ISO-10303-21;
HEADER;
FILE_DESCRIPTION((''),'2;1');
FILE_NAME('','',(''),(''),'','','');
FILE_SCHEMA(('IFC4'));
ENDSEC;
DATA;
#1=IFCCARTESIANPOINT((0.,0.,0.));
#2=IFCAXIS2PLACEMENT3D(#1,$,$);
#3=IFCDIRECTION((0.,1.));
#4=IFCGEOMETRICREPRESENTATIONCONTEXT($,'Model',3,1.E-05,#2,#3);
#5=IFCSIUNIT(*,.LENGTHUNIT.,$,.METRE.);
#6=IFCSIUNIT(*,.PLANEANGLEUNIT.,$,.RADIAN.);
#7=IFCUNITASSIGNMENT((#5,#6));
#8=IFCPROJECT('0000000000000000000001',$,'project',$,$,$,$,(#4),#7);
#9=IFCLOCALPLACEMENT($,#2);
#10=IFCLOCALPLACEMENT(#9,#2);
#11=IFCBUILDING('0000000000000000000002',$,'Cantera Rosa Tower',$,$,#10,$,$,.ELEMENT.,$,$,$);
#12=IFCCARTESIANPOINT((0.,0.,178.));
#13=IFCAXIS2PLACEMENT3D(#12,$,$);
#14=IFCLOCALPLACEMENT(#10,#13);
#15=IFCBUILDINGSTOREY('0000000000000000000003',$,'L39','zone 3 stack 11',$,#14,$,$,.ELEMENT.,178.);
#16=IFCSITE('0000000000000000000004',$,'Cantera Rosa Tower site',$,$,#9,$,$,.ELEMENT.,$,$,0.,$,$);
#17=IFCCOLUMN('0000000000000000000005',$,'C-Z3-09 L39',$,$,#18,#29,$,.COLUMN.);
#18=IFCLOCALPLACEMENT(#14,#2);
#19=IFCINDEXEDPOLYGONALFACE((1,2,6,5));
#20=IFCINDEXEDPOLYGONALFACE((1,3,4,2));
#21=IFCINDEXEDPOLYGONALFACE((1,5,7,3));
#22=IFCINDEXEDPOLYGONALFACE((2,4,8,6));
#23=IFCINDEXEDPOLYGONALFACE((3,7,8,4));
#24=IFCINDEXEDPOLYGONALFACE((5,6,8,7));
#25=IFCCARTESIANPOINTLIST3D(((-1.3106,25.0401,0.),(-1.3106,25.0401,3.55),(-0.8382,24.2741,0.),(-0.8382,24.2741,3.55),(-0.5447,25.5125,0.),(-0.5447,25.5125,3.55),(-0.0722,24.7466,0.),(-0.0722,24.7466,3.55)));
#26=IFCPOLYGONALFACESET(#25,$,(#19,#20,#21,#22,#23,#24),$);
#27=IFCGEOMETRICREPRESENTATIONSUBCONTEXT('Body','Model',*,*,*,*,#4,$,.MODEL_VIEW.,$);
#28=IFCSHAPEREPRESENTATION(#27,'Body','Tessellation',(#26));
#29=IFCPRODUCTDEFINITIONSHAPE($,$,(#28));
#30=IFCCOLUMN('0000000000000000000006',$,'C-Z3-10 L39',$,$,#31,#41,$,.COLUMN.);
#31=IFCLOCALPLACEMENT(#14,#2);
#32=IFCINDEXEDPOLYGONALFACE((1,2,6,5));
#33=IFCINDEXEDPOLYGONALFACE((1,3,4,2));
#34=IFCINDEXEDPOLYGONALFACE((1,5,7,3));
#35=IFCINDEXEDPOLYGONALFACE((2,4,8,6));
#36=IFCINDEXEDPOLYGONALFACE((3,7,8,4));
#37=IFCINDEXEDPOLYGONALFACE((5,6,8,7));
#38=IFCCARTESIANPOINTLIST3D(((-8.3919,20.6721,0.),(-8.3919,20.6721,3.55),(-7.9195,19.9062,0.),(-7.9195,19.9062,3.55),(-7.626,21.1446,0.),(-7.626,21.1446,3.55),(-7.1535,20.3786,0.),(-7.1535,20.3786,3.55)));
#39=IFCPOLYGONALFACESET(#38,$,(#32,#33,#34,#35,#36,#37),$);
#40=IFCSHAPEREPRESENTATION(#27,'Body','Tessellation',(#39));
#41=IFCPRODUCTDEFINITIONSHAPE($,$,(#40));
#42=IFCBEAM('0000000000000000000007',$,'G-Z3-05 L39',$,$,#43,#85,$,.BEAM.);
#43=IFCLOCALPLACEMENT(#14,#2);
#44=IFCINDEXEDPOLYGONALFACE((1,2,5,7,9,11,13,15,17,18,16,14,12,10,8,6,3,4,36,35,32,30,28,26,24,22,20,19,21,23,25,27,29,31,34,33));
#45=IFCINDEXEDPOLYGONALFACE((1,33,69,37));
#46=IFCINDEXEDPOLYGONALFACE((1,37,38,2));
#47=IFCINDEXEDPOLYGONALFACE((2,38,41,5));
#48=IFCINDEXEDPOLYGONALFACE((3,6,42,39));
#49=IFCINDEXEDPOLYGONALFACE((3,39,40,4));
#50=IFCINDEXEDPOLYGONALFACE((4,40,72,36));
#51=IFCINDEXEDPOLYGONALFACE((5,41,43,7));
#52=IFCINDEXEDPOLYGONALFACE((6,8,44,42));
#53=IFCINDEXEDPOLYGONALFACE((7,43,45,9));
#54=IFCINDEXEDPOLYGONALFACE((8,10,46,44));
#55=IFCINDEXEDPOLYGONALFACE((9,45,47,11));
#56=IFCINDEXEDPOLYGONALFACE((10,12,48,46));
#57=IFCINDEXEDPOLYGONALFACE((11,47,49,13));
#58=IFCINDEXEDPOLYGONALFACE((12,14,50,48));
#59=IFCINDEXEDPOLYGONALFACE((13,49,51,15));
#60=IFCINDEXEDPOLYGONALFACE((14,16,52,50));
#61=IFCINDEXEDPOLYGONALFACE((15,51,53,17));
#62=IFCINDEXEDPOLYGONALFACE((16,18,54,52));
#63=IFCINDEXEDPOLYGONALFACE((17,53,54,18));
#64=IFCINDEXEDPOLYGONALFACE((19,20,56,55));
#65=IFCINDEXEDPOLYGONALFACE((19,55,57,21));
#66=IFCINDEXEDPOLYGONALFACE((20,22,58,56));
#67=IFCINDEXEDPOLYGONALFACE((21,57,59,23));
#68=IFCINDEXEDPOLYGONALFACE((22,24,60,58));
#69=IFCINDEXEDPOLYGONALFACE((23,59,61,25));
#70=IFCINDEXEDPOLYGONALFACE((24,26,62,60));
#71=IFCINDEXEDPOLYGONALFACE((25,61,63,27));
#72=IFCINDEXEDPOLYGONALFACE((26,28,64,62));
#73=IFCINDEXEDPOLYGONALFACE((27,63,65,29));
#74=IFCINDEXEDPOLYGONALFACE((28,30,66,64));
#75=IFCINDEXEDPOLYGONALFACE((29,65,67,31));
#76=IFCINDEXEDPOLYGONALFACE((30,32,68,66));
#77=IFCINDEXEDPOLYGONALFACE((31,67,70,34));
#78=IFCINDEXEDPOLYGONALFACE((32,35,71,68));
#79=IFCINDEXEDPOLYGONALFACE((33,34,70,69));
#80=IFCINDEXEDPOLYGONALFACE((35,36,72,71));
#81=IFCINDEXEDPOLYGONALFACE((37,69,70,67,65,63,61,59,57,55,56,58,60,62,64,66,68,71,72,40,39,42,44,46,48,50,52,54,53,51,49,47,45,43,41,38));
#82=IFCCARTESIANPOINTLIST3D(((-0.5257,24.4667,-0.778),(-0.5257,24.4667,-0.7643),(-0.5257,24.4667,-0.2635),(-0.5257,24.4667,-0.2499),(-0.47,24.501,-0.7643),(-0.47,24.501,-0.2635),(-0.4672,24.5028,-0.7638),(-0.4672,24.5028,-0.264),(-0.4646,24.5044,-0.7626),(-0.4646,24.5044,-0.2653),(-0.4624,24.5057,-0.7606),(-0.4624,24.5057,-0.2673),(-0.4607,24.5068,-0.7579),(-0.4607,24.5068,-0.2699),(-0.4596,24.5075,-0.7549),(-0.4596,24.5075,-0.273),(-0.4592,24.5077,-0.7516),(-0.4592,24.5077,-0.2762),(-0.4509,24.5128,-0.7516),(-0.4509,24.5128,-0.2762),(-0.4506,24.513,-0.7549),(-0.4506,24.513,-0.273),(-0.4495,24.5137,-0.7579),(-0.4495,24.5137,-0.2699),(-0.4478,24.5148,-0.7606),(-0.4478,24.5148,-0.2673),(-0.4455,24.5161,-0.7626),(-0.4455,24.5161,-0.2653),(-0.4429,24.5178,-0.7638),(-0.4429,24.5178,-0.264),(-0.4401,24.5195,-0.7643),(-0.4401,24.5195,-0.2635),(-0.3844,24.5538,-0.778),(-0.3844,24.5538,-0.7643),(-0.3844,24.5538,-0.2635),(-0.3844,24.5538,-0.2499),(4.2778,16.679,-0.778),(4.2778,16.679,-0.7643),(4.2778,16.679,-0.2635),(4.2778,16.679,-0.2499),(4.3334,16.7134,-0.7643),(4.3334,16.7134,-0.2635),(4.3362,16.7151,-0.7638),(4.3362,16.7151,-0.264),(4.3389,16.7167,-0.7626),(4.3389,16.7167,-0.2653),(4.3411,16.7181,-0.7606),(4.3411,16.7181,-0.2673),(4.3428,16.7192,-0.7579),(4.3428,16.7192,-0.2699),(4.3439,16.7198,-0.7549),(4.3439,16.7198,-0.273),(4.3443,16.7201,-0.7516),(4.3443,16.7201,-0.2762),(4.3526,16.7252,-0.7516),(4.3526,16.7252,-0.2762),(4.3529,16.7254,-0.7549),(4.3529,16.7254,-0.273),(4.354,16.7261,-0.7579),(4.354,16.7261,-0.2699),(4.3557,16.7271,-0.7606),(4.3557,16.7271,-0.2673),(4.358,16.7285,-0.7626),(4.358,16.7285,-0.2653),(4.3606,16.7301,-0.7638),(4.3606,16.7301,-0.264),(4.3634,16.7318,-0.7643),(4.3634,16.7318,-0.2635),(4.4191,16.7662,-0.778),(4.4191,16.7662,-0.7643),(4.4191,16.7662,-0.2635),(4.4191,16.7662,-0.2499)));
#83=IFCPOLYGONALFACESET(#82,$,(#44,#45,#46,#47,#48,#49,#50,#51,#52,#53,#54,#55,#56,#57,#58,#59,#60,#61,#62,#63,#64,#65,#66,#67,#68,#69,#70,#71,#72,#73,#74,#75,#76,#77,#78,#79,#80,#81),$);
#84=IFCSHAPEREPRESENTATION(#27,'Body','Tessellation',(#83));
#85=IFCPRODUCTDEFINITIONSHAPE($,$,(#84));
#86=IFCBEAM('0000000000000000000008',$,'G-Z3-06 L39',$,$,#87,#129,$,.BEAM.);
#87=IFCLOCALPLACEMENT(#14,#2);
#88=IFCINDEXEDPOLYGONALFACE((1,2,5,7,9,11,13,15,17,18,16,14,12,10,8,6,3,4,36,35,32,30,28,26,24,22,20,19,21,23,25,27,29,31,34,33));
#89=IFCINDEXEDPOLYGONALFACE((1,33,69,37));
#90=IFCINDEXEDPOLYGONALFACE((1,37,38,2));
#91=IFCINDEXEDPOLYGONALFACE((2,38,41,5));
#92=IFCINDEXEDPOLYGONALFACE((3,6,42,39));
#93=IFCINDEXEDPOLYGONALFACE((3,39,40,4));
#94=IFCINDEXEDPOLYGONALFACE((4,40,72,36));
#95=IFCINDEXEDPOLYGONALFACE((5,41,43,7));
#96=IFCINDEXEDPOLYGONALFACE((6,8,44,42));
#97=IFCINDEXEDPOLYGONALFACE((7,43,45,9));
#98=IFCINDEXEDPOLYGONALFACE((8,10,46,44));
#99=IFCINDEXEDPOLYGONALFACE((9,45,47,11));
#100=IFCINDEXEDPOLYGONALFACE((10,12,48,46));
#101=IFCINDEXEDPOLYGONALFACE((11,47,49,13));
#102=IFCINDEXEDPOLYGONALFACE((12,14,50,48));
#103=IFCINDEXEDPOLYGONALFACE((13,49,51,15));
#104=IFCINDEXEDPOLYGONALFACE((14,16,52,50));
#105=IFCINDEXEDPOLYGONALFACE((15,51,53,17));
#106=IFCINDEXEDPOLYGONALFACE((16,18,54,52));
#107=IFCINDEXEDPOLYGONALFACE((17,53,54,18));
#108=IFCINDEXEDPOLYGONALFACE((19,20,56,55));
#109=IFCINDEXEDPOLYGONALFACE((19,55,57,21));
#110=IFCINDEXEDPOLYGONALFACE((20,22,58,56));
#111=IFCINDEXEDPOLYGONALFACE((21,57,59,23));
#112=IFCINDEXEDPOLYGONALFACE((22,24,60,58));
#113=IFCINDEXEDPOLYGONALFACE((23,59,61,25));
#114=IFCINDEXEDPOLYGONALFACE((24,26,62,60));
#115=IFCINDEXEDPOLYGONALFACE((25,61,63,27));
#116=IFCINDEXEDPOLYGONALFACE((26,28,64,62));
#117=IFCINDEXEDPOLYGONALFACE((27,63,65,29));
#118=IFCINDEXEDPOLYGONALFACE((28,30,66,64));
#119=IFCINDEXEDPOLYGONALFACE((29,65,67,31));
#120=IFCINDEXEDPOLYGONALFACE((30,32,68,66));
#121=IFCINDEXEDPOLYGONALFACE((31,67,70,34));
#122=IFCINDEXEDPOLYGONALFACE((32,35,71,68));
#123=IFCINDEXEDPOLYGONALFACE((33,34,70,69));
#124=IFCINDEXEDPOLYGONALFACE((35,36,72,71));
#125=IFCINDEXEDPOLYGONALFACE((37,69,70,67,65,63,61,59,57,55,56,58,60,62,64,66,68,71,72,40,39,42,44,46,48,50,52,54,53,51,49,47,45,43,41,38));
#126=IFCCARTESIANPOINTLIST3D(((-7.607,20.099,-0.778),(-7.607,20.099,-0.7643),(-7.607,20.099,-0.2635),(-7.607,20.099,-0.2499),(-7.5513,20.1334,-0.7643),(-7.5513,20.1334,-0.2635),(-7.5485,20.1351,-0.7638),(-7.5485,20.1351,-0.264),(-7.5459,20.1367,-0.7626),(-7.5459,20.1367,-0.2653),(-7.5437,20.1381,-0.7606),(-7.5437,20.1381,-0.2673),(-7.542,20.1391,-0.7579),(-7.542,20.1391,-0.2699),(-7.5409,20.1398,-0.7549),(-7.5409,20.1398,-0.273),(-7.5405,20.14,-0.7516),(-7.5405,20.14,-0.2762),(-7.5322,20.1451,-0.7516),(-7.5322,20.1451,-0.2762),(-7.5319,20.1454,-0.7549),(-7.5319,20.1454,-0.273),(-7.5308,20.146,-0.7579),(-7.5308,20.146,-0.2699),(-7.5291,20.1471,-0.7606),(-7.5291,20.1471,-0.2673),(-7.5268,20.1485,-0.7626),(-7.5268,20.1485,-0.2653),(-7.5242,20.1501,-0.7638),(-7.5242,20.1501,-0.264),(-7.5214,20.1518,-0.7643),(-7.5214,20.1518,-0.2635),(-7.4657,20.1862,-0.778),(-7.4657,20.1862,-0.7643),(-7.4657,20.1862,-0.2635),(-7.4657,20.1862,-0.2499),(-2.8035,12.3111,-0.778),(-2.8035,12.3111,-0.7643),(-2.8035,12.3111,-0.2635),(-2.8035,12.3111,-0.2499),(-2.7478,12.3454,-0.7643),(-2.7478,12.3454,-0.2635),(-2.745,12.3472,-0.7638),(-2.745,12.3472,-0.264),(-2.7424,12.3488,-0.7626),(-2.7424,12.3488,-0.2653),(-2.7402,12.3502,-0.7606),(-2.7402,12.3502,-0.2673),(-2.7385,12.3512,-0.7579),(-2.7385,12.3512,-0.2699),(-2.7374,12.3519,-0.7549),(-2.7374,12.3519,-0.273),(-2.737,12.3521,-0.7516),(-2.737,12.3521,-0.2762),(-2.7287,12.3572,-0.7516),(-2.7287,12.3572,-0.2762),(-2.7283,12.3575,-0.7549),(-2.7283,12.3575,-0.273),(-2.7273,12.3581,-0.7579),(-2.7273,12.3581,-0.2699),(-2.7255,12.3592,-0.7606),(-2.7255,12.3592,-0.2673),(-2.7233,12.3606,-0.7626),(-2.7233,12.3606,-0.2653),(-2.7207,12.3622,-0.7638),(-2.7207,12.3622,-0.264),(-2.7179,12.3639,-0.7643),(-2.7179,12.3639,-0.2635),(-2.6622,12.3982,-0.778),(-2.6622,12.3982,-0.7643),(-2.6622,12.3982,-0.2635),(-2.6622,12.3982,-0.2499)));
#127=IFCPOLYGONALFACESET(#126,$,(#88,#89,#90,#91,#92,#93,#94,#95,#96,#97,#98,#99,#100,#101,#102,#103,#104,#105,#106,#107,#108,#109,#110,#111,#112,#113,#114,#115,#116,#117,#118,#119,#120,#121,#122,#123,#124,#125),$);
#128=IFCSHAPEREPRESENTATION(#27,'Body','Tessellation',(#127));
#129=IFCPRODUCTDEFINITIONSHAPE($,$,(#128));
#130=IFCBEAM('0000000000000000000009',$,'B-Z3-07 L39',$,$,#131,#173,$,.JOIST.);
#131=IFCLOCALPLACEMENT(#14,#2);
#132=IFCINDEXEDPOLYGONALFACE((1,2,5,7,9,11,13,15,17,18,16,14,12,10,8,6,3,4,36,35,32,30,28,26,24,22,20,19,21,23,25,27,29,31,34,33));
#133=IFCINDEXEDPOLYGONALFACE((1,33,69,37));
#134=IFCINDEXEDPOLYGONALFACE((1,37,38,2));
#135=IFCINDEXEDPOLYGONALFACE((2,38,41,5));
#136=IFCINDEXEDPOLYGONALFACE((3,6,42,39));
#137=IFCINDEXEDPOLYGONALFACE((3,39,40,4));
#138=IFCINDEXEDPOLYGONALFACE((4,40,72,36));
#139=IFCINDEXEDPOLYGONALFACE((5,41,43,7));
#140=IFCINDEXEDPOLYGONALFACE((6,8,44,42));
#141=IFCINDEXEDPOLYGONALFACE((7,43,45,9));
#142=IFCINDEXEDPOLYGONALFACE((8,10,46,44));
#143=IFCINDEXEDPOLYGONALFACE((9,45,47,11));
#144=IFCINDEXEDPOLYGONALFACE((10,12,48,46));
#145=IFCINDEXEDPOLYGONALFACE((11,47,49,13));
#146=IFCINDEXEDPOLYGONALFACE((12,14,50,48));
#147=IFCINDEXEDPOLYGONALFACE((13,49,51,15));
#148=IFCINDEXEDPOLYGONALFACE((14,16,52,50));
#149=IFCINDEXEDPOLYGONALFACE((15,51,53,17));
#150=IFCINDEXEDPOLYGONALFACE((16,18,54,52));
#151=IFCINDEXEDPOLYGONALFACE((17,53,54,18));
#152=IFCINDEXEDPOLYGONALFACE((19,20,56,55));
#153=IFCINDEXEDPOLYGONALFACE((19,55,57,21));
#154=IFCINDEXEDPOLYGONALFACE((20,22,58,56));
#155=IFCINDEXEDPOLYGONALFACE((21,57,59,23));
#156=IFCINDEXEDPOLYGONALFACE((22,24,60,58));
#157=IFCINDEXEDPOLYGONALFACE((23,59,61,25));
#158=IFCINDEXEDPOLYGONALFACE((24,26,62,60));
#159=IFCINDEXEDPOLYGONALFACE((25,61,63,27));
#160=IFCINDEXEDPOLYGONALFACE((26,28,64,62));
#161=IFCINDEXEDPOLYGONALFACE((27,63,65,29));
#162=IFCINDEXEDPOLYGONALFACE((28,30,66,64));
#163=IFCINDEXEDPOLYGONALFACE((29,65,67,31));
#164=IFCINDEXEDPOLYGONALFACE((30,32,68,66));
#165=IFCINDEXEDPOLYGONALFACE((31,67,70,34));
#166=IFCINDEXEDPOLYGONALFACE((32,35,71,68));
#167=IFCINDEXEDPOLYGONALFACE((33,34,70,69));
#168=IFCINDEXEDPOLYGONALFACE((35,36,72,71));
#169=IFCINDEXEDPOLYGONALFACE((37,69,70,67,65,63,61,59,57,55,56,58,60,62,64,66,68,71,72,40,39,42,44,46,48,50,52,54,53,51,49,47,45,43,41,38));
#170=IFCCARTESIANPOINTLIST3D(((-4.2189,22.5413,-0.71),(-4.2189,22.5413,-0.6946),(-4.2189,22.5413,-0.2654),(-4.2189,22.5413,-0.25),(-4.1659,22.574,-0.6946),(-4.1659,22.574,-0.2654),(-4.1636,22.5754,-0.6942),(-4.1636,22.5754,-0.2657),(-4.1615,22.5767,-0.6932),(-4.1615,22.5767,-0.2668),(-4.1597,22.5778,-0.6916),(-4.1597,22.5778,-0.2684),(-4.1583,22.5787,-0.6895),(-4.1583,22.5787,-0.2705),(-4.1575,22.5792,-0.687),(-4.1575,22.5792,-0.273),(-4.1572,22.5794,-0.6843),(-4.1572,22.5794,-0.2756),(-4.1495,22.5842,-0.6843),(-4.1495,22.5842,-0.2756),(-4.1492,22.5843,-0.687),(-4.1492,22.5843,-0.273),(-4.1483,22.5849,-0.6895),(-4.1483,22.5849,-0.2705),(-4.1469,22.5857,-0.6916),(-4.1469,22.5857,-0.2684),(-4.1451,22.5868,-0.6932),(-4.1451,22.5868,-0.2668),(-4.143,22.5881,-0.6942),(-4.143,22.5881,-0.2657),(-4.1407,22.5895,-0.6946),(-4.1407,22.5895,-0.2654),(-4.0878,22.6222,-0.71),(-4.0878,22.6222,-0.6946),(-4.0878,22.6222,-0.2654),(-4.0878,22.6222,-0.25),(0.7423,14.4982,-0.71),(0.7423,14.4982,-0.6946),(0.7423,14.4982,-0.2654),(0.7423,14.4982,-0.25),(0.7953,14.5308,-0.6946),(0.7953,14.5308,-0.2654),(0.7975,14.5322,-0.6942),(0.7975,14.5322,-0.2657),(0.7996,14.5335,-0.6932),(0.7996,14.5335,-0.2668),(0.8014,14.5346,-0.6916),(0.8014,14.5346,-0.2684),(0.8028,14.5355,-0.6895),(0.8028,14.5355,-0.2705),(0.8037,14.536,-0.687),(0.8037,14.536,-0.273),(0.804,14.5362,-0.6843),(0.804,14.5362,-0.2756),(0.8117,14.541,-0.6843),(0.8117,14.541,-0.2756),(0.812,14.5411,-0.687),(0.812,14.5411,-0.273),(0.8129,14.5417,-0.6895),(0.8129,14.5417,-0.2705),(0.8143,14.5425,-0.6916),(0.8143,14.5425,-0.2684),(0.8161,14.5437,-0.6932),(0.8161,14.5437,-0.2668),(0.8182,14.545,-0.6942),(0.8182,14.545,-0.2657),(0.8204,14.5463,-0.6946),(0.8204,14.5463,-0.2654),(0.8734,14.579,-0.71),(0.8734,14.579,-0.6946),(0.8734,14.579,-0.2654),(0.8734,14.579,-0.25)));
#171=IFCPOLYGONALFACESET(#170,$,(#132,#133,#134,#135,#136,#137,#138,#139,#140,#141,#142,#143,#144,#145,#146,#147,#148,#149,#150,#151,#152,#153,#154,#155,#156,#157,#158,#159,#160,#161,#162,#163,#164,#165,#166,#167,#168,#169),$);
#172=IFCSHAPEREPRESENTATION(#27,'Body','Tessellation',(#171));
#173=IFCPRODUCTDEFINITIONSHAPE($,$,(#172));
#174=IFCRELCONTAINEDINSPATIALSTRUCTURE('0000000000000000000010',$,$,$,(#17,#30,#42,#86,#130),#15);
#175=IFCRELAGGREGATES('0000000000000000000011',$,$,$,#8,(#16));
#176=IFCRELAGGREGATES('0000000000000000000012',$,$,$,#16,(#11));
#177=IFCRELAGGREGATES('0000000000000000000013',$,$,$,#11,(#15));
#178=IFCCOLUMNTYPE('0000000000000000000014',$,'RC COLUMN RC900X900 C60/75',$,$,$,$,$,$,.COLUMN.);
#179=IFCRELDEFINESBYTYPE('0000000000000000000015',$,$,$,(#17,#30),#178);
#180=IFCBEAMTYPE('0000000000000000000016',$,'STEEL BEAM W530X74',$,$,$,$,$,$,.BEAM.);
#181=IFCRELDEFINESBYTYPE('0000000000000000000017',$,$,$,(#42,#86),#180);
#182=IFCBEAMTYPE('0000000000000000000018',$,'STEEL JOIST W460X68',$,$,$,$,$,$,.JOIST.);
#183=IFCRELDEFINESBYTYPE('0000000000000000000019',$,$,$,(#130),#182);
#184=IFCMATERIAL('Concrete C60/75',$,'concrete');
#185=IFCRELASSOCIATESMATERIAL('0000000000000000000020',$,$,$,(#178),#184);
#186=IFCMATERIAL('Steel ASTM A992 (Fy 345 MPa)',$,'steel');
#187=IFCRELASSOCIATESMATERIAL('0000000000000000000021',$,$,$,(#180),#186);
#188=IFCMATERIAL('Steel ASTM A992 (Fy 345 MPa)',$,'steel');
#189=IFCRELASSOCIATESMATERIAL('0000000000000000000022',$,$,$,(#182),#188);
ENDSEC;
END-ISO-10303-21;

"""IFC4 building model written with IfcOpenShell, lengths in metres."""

from ifc_helpers import new_model, si_unit, direction, frame, origin, origin_2d, place, context, subcontext, project, spatial, rectangle, i_section, extrude, material, material_profile, profile_set, type_object, element, save


model = new_model("IFC4")

# Units and contexts
model_context = context("Model", 3, precision=1e-05, world=origin(), true_north=direction((0.0, 1.0)))
body_context = subcontext(model_context, "Body", "Model", "MODEL_VIEW")
ifc_project = project(units=[si_unit("LENGTHUNIT", "METRE"), si_unit("PLANEANGLEUNIT", "RADIAN")], contexts=[model_context])

# Site, building, storey
site_placement = place(None, origin())
site = spatial("IfcSite", under=ifc_project, at=site_placement, Name="Cantera Rosa Tower site", CompositionType="ELEMENT", RefElevation=0.0)
building_placement = place(site_placement, origin())
building = spatial("IfcBuilding", under=site, at=building_placement, Name="Cantera Rosa Tower", CompositionType="ELEMENT")
storey_placement = place(building_placement, frame((0.0, 0.0, 178.0)))
storey = spatial("IfcBuildingStorey", under=building, at=storey_placement, Name="L39", Description="zone 3 stack 11", CompositionType="ELEMENT", Elevation=178.0)

# Columns
ifc_material_1 = material(Name="Concrete C60/75", Category="concrete")
ifc_material_profile_1 = material_profile(ifc_material_1, rectangle(XDim=0.8999, YDim=0.8999, at=origin_2d()), Name="RC COLUMN RC900X900 C60/75")
ifc_profile_set_1 = profile_set([ifc_material_profile_1], Name="Concrete C60/75")
column_type = type_object("IfcColumnType", Name="RC COLUMN RC900X900 C60/75", PredefinedType="COLUMN", material=ifc_profile_set_1)
for number, where, z_axis, x_axis, name in (
    (1, (-0.6914, 24.8933, 0.0), (0.0, 0.0, 1.0), (0.851117, 0.524977, 0.0), "C-Z3-09 L39"),
    (2, (-7.7727, 20.5254, 0.0), (0.0, 0.0, 1.0), (0.851117, 0.524977, 0.0), "C-Z3-10 L39"),
):
    element("IfcColumn", number, at=place(storey_placement, frame(where, z_axis=z_axis, x_axis=x_axis)), inside=storey, type_object=column_type, Name=name, PredefinedType="COLUMN", context=body_context, shape_type="SweptSolid", body=[
        extrude(rectangle(XDim=0.8999, YDim=0.8999, at=origin_2d()), origin(), (0.0, 0.0, 1.0), 3.55),
    ])

# Beams
ifc_material_2 = material(Name="Steel ASTM A992 (Fy 345 MPa)", Category="steel")
ifc_material_profile_2 = material_profile(ifc_material_2, i_section(OverallWidth=0.166, OverallDepth=0.5281, WebThickness=0.0098, FlangeThickness=0.0137, FilletRadius=0.0127, at=origin_2d()), Name="W530X74")
ifc_profile_set_2 = profile_set([ifc_material_profile_2], Name="Steel ASTM A992 (Fy 345 MPa)")
beam_type_1 = type_object("IfcBeamType", Name="STEEL BEAM W530X74", PredefinedType="BEAM", material=ifc_profile_set_2)
beam_1_placement = place(storey_placement, frame((-0.4551, 24.5103, -0.5139), z_axis=(0.524977, -0.851116, 0.0), x_axis=(0.851116, 0.524977, 0.0)))
element("IfcBeam", 3, at=beam_1_placement, inside=storey, type_object=beam_type_1, Name="G-Z3-05 L39", PredefinedType="BEAM", context=body_context, shape_type="SweptSolid", body=[
    extrude(i_section(OverallWidth=0.166, OverallDepth=0.5281, WebThickness=0.0098, FlangeThickness=0.0137, FilletRadius=0.0127, at=origin_2d()), origin(), (0.0, 0.0, 1.0), 9.1499),
])
beam_2_placement = place(storey_placement, frame((-7.5364, 20.1426, -0.5139), z_axis=(0.524965, -0.851124, 0.0), x_axis=(0.851124, 0.524965, 0.0)))
element("IfcBeam", 4, at=beam_2_placement, inside=storey, type_object=beam_type_1, Name="G-Z3-06 L39", PredefinedType="BEAM", context=body_context, shape_type="SweptSolid", body=[
    extrude(i_section(OverallWidth=0.166, OverallDepth=0.5281, WebThickness=0.0098, FlangeThickness=0.0137, FilletRadius=0.0127, at=origin_2d()), origin(), (0.0, 0.0, 1.0), 9.1501),
])
ifc_material_3 = material(Name="Steel ASTM A992 (Fy 345 MPa)", Category="steel")
ifc_material_profile_3 = material_profile(ifc_material_3, i_section(OverallWidth=0.1541, OverallDepth=0.46, WebThickness=0.009, FlangeThickness=0.0154, FilletRadius=0.0103, at=origin_2d()), Name="W460X68")
ifc_profile_set_3 = profile_set([ifc_material_profile_3], Name="Steel ASTM A992 (Fy 345 MPa)")
beam_type_2 = type_object("IfcBeamType", Name="STEEL JOIST W460X68", PredefinedType="JOIST", material=ifc_profile_set_3)
beam_3_placement = place(storey_placement, frame((-4.1533, 22.5818, -0.48), z_axis=(0.524981, -0.851114, 0.0), x_axis=(0.851114, 0.524981, 0.0)))
element("IfcBeam", 5, at=beam_3_placement, inside=storey, type_object=beam_type_2, Name="B-Z3-07 L39", PredefinedType="JOIST", context=body_context, shape_type="SweptSolid", body=[
    extrude(i_section(OverallWidth=0.1541, OverallDepth=0.46, WebThickness=0.009, FlangeThickness=0.0154, FilletRadius=0.0103, at=origin_2d()), origin(), (0.0, 0.0, 1.0), 9.4502),
])

save(model, "model.ifc")
